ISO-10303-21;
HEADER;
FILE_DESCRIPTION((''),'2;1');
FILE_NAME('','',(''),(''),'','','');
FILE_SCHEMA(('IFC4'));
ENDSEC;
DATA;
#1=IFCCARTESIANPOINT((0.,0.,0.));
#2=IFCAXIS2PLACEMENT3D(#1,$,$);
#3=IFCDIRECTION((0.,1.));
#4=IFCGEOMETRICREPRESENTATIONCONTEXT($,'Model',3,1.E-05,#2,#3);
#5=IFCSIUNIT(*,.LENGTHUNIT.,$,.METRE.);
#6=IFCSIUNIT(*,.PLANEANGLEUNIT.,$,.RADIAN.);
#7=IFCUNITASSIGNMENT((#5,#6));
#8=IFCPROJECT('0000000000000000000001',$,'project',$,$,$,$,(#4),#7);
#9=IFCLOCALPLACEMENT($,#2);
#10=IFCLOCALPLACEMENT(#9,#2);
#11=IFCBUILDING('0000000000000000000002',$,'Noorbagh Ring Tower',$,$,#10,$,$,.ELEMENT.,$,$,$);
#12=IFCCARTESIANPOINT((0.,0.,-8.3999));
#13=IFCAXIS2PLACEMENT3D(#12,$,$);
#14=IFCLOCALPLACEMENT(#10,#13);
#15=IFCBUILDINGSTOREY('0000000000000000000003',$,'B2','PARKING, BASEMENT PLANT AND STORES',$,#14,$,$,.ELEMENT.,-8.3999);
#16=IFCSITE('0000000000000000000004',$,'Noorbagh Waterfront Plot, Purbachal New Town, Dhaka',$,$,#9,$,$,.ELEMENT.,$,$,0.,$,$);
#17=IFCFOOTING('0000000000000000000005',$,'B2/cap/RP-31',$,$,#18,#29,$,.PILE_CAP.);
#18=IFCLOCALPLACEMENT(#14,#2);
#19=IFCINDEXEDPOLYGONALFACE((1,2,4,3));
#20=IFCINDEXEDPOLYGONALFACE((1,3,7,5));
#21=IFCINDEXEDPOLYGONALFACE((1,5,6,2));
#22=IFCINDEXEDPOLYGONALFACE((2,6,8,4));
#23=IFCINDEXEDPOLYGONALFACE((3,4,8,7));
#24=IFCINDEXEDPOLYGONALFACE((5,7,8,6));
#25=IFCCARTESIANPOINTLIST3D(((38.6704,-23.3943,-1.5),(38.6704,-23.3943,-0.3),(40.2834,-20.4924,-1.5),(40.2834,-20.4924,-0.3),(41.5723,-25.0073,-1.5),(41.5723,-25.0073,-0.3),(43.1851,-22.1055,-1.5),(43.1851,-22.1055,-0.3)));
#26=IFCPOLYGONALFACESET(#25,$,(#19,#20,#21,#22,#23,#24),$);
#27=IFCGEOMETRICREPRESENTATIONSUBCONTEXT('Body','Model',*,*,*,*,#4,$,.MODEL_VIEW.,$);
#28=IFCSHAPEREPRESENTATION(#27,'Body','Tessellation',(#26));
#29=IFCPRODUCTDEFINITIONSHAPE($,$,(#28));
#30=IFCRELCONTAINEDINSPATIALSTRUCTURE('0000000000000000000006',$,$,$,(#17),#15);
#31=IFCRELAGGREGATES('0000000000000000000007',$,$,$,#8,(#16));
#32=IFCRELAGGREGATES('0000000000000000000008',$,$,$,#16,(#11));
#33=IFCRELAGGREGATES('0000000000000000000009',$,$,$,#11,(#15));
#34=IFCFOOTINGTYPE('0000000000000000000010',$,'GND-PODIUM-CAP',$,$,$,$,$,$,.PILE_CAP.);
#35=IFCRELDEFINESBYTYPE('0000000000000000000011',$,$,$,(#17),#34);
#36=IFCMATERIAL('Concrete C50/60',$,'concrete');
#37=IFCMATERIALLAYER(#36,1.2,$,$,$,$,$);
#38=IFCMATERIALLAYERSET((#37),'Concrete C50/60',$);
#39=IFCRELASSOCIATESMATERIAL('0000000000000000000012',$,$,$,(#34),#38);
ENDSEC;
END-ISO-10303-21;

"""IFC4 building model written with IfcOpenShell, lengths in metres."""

from ifc_helpers import new_model, si_unit, direction, frame, origin, place, context, subcontext, project, spatial, polyline, outline, extrude, material, layer, layer_set, type_object, element, save


model = new_model("IFC4")

# Units and contexts
model_context = context("Model", 3, precision=1e-05, world=origin(), true_north=direction((0.0, 1.0)))
body_context = subcontext(model_context, "Body", "Model", "MODEL_VIEW")
ifc_project = project(units=[si_unit("LENGTHUNIT", "METRE"), si_unit("PLANEANGLEUNIT", "RADIAN")], contexts=[model_context])

# Site, building, storey
site_placement = place(None, origin())
site = spatial("IfcSite", under=ifc_project, at=site_placement, Name="Noorbagh Waterfront Plot, Purbachal New Town, Dhaka", CompositionType="ELEMENT", RefElevation=0.0)
building_placement = place(site_placement, origin())
building = spatial("IfcBuilding", under=site, at=building_placement, Name="Noorbagh Ring Tower", CompositionType="ELEMENT")
storey_placement = place(building_placement, frame((0.0, 0.0, -8.3999)))
storey = spatial("IfcBuildingStorey", under=building, at=storey_placement, Name="B2", Description="PARKING, BASEMENT PLANT AND STORES", CompositionType="ELEMENT", Elevation=-8.3999)

# Footing
ifc_material = material(Name="Concrete C50/60", Category="concrete")
ifc_layer = layer(ifc_material, 1.2)
ifc_layer_set = layer_set([ifc_layer], Name="Concrete C50/60")
footing_type = type_object("IfcFootingType", Name="GND-PODIUM-CAP", PredefinedType="PILE_CAP", material=ifc_layer_set)
footing_1_placement = place(storey_placement, frame((0.0, 0.0, -1.5)))
element("IfcFooting", 1, at=footing_1_placement, inside=storey, type_object=footing_type, Name="B2/cap/RP-31", PredefinedType="PILE_CAP", context=body_context, shape_type="SweptSolid", body=[
    extrude(outline(polyline([(38.6704, -23.3943), (41.5723, -25.0073), (43.1851, -22.1055), (40.2834, -20.4924), (38.6704, -23.3943)])), origin(), (0.0, 0.0, 1.0), 1.2),
])

save(model, "model.ifc")
